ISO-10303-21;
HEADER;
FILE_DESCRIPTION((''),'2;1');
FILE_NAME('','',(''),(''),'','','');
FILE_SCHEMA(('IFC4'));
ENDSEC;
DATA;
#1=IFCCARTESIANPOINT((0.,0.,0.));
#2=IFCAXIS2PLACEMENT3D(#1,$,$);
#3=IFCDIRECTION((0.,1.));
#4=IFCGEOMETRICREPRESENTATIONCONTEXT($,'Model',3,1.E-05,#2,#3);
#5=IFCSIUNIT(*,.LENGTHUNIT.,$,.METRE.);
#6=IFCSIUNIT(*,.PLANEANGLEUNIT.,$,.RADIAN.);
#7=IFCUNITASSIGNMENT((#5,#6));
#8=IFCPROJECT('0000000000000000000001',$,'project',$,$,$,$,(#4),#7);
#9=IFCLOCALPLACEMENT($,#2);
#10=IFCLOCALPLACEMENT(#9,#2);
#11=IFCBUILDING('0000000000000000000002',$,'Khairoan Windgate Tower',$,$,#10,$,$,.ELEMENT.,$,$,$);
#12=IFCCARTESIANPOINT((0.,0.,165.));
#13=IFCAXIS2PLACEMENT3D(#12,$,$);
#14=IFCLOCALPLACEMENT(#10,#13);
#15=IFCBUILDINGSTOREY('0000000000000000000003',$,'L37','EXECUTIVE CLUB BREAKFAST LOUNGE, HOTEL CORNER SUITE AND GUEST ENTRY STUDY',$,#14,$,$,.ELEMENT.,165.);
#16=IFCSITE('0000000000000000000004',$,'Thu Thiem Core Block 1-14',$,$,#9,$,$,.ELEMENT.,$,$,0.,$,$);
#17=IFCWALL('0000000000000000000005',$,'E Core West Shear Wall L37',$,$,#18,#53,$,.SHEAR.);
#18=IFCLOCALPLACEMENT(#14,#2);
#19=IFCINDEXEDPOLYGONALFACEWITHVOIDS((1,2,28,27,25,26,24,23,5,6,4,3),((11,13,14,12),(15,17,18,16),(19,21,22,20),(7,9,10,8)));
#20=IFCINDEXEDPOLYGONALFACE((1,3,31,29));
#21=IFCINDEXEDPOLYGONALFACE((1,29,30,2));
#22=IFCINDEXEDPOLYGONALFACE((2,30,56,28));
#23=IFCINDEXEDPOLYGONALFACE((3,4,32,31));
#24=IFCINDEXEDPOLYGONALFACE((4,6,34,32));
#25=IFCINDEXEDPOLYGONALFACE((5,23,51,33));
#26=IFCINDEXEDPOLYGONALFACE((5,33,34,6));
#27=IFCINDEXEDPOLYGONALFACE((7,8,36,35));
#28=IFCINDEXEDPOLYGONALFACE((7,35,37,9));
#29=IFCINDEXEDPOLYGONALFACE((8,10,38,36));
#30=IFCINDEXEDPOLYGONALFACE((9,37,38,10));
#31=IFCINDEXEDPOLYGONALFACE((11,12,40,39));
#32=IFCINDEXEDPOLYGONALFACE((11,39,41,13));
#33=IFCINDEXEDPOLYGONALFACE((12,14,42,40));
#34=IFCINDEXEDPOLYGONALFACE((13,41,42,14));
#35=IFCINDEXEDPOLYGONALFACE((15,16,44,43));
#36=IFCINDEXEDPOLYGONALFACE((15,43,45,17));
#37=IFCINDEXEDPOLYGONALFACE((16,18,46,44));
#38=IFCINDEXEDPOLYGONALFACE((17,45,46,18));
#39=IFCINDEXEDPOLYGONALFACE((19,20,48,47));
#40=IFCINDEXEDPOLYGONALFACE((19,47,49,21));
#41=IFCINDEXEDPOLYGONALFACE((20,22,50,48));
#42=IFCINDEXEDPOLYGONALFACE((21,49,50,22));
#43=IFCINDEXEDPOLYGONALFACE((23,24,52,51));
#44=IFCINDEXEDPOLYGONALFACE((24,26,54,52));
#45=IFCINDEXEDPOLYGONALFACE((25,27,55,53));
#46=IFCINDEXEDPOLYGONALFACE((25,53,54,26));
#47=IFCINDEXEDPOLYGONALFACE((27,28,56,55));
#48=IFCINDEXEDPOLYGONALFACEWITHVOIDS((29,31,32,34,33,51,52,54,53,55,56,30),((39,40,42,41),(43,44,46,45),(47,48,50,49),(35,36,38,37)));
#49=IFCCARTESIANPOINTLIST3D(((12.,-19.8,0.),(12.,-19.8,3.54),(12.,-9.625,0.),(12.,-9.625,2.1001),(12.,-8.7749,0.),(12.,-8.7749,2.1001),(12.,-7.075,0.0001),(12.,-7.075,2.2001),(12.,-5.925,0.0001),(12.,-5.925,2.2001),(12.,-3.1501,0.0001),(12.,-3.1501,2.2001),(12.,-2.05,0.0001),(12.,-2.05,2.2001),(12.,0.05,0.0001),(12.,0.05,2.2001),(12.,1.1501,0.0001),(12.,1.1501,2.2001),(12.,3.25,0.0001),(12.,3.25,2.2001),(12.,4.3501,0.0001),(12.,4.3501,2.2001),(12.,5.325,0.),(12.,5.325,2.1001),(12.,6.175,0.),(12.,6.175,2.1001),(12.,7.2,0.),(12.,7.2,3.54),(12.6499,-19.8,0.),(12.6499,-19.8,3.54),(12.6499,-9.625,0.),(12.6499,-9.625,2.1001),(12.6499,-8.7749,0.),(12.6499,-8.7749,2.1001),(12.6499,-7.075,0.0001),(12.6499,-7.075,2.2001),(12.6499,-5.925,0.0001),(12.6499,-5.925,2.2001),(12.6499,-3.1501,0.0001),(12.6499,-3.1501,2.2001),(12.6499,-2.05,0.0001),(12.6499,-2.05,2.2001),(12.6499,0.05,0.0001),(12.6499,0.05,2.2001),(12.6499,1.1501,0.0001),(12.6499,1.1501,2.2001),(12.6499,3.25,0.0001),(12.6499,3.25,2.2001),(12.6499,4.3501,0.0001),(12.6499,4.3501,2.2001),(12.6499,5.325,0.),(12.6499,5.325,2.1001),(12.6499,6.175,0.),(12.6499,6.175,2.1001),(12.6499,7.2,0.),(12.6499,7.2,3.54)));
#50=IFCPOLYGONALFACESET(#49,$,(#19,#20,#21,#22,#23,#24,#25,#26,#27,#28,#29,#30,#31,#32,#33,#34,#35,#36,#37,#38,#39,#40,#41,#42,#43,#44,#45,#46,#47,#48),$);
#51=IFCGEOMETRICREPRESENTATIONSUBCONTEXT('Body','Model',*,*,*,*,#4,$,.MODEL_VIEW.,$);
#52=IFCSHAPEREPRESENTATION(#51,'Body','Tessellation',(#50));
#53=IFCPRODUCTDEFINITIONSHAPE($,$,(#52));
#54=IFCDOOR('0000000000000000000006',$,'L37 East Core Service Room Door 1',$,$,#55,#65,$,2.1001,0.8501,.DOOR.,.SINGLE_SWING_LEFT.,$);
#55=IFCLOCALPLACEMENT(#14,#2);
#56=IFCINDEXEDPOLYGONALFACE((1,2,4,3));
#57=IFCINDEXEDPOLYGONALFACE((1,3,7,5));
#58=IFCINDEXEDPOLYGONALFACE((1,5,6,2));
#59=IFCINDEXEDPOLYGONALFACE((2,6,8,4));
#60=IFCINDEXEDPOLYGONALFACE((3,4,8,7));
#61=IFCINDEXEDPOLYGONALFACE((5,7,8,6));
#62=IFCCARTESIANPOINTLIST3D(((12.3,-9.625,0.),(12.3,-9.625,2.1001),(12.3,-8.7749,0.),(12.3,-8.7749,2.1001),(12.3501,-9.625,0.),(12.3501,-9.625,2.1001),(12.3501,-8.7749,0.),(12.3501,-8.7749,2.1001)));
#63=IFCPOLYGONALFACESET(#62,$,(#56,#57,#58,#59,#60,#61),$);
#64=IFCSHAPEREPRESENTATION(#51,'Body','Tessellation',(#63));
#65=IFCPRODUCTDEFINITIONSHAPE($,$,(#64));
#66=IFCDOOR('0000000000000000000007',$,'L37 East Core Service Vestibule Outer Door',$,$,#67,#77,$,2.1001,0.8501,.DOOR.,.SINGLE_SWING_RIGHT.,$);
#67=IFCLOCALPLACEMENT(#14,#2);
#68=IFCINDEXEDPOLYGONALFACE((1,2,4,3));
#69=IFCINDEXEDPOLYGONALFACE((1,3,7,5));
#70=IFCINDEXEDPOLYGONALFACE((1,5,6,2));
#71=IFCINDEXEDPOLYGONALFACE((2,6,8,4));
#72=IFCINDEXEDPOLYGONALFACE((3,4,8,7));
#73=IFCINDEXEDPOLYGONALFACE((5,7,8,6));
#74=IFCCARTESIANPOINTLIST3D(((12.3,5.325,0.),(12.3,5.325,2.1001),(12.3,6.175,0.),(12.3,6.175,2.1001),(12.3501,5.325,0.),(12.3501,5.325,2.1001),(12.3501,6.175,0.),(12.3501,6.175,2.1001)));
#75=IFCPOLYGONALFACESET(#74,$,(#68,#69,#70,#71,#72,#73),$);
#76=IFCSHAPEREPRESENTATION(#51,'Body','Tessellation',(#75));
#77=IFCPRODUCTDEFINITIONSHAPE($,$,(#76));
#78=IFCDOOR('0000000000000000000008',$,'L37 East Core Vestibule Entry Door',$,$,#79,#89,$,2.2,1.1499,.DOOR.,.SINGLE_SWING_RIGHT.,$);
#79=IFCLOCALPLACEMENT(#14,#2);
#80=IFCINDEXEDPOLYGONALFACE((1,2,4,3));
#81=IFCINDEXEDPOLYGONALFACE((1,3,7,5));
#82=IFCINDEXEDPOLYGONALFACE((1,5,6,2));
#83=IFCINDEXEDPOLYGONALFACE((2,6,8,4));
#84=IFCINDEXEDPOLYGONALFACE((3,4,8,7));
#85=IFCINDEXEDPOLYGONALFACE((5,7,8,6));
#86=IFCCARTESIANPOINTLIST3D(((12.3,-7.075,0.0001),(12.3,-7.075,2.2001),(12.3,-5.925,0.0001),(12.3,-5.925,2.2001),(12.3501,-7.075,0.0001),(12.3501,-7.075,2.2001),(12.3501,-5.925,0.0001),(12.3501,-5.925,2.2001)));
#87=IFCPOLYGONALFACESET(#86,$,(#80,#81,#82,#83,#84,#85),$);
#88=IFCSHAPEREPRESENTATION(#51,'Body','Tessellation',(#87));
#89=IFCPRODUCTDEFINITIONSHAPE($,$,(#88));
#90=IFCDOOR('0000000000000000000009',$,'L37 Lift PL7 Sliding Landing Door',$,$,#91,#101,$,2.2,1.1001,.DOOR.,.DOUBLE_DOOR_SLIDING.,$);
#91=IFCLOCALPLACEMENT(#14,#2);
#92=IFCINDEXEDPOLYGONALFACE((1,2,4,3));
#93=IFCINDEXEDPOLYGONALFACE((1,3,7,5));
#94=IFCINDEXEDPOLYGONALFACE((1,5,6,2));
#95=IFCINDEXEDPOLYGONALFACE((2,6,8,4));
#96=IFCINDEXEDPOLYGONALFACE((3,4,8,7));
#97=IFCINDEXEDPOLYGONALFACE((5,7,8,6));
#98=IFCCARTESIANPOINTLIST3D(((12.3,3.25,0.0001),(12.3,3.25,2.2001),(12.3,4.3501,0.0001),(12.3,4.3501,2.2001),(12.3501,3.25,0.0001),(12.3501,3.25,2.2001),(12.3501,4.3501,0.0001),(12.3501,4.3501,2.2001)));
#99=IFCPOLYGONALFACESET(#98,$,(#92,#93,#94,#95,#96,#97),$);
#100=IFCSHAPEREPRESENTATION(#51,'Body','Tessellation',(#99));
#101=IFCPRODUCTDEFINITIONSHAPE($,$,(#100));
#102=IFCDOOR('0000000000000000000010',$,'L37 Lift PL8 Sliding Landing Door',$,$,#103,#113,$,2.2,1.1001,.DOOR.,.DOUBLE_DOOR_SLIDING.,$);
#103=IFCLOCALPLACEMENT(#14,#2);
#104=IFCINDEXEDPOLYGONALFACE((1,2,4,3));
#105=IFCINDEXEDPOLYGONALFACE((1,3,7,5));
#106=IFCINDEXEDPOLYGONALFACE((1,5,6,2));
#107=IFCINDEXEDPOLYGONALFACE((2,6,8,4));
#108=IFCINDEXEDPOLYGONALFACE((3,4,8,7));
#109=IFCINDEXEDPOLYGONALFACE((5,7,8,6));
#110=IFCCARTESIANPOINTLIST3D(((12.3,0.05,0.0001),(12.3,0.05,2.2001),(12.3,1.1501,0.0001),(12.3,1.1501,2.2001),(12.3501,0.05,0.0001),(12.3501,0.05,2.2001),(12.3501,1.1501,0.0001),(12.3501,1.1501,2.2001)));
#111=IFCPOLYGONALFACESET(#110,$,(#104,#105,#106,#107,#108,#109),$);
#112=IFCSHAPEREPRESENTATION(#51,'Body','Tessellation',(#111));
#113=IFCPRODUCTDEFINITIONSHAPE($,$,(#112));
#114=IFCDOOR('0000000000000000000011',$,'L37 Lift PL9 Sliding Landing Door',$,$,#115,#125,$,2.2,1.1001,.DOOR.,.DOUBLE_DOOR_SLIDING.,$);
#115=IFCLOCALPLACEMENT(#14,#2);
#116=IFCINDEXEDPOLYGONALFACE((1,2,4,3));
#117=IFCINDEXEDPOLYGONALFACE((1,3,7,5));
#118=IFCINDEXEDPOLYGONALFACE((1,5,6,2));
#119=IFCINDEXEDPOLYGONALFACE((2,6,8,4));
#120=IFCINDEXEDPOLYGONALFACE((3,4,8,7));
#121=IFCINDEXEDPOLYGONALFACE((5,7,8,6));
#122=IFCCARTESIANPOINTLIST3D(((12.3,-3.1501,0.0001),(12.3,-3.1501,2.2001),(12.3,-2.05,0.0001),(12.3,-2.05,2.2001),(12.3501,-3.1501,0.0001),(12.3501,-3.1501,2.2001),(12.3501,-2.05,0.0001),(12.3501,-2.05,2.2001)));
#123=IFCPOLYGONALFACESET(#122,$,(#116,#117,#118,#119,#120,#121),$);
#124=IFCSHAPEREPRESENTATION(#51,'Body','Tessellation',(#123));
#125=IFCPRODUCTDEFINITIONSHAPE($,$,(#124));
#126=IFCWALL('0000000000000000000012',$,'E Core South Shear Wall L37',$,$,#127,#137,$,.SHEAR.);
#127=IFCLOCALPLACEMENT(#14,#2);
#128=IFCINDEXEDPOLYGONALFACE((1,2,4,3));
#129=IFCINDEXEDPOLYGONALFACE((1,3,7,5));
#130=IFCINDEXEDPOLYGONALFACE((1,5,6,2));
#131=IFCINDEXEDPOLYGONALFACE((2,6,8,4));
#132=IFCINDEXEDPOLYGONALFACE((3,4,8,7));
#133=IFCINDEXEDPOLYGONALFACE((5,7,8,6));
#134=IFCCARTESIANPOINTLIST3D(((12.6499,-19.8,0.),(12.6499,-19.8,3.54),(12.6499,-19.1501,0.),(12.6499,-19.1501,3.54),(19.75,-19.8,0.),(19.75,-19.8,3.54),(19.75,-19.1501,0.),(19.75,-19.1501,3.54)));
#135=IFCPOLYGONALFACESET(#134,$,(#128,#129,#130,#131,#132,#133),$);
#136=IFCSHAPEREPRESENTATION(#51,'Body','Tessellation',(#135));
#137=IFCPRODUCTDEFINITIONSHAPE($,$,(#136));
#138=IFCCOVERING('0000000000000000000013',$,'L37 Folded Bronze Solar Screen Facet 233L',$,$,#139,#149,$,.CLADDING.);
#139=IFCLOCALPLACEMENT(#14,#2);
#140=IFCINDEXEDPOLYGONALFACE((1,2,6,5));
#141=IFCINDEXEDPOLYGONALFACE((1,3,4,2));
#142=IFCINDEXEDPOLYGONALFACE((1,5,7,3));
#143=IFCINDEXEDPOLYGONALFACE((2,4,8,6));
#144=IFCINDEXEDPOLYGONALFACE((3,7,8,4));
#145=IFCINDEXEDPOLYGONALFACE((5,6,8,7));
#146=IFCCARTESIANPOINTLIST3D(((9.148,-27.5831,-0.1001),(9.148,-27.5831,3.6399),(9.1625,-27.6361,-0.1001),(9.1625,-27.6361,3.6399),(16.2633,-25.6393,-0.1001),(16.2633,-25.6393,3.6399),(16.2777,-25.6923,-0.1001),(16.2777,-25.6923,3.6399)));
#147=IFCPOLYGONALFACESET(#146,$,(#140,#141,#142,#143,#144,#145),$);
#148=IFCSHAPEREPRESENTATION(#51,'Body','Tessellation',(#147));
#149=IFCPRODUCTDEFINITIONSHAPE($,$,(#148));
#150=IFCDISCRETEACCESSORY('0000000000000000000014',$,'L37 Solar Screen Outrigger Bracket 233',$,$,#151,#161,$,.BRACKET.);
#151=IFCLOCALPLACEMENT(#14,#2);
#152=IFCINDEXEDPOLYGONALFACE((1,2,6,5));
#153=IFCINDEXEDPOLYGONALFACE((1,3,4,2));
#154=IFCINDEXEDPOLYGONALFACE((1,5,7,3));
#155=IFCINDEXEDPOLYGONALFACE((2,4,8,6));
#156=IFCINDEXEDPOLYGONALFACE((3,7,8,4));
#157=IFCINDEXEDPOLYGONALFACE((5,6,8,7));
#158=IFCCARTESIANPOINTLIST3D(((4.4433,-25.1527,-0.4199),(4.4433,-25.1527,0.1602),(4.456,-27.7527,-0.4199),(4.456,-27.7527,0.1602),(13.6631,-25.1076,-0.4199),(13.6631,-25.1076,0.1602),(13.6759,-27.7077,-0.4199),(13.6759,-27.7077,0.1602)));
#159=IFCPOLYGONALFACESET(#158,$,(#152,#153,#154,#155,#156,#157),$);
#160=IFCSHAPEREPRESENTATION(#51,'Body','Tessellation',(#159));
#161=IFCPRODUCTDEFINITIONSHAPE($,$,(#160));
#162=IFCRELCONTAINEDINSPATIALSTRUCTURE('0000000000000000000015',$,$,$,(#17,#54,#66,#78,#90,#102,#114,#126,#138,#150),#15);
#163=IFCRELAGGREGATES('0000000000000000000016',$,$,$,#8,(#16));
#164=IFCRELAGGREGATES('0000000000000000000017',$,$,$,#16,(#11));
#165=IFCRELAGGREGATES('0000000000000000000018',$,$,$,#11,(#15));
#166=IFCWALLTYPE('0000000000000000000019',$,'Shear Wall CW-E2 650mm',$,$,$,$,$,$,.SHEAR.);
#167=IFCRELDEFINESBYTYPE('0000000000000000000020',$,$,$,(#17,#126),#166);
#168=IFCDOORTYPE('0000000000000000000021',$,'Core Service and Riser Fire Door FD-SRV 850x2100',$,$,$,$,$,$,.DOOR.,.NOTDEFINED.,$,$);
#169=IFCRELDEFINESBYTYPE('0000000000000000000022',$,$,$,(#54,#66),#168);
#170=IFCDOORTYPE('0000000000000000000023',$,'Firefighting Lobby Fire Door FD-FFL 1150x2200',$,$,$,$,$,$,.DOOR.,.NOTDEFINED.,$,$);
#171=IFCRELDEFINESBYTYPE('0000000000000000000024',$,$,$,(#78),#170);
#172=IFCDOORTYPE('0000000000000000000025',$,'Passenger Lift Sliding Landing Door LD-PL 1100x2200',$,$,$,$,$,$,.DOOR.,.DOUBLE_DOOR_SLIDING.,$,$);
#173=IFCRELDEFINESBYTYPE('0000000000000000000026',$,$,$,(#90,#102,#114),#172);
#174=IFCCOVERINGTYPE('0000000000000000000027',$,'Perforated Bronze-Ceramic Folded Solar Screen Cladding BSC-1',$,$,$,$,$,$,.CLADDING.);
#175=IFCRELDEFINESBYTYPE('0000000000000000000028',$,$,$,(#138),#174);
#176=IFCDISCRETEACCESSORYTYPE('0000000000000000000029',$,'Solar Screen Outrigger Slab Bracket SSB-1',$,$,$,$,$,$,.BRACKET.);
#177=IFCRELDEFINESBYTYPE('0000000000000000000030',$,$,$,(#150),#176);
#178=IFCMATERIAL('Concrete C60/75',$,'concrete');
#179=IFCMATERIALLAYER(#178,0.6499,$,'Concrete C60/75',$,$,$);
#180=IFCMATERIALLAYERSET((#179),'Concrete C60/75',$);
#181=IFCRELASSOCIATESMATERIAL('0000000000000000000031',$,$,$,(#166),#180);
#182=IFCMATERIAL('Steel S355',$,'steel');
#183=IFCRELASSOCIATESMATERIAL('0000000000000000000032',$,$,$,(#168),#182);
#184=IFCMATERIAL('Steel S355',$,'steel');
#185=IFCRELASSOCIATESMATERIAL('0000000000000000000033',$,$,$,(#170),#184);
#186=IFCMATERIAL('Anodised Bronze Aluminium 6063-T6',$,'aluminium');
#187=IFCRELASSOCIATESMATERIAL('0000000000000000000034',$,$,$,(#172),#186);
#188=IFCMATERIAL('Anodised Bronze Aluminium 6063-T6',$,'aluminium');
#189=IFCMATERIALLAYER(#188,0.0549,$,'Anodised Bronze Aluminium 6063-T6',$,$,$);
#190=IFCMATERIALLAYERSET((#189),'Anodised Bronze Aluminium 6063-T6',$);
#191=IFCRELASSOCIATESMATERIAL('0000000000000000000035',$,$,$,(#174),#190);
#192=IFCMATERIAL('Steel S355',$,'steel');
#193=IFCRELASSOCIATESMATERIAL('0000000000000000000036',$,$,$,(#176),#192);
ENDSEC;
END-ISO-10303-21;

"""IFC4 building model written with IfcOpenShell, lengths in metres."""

from ifc_helpers import new_model, si_unit, direction, frame, frame_2d, origin, origin_2d, place, context, subcontext, project, spatial, rectangle, extrude, material, layer, layer_set, type_object, element, fill, save


model = new_model("IFC4")

# Units and contexts
model_context = context("Model", 3, precision=1e-05, world=origin(), true_north=direction((0.0, 1.0)))
body_context = subcontext(model_context, "Body", "Model", "MODEL_VIEW")
ifc_project = project(units=[si_unit("LENGTHUNIT", "METRE"), si_unit("PLANEANGLEUNIT", "RADIAN")], contexts=[model_context])

# Site, building, storey
site_placement = place(None, origin())
site = spatial("IfcSite", under=ifc_project, at=site_placement, Name="Thu Thiem Core Block 1-14", CompositionType="ELEMENT", RefElevation=0.0)
building_placement = place(site_placement, origin())
building = spatial("IfcBuilding", under=site, at=building_placement, Name="Khairoan Windgate Tower", CompositionType="ELEMENT")
storey_placement = place(building_placement, frame((0.0, 0.0, 165.0)))
storey = spatial("IfcBuildingStorey", under=building, at=storey_placement, Name="L37", Description="EXECUTIVE CLUB BREAKFAST LOUNGE, HOTEL CORNER SUITE AND GUEST ENTRY STUDY", CompositionType="ELEMENT", Elevation=165.0)

# Wall, openings, doors
ifc_material_1 = material(Name="Concrete C60/75", Category="concrete")
ifc_layer_1 = layer(ifc_material_1, 0.6499, Name="Concrete C60/75")
ifc_layer_set_1 = layer_set([ifc_layer_1], Name="Concrete C60/75")
wall_type_1 = type_object("IfcWallType", Name="Shear Wall CW-E2 650mm", PredefinedType="SHEAR", material=ifc_layer_set_1)
wall_1_placement = place(storey_placement, frame((12.325, -19.8, 0.0), z_axis=(0.0, 0.0, 1.0), x_axis=(0.0, 1.0, 0.0)))
wall_1 = element("IfcWall", 1, at=wall_1_placement, inside=storey, type_object=wall_type_1, Name="E Core West Shear Wall L37", PredefinedType="SHEAR", context=body_context, shape_type="SweptSolid", body=[
    extrude(rectangle(XDim=27.0, YDim=0.6499, at=frame_2d((13.5, 0.0))), origin(), (0.0, 0.0, 1.0), 3.54),
])
opening_1_placement = place(wall_1_placement, frame((23.05, 0.0, 0.0)))
opening_1 = element("IfcOpeningElement", 2, at=opening_1_placement, cuts=wall_1, PredefinedType="OPENING", context=body_context, shape_type="SweptSolid", body=[
    extrude(rectangle(XDim=1.1001, YDim=2.2, at=frame_2d((0.55, 1.1001))), frame((0.0, 0.335, 0.0), z_axis=(0.0, -1.0, 0.0), x_axis=(1.0, 0.0, 0.0)), (0.0, 0.0, 1.0), 0.6699),
])
opening_2_placement = place(wall_1_placement, frame((19.8501, 0.0, 0.0)))
opening_2 = element("IfcOpeningElement", 3, at=opening_2_placement, cuts=wall_1, PredefinedType="OPENING", context=body_context, shape_type="SweptSolid", body=[
    extrude(rectangle(XDim=1.1001, YDim=2.2, at=frame_2d((0.55, 1.1001))), frame((0.0, 0.335, 0.0), z_axis=(0.0, -1.0, 0.0), x_axis=(1.0, 0.0, 0.0)), (0.0, 0.0, 1.0), 0.6699),
])
opening_3_placement = place(wall_1_placement, frame((16.6499, 0.0, 0.0)))
opening_3 = element("IfcOpeningElement", 4, at=opening_3_placement, cuts=wall_1, PredefinedType="OPENING", context=body_context, shape_type="SweptSolid", body=[
    extrude(rectangle(XDim=1.1001, YDim=2.2, at=frame_2d((0.55, 1.1001))), frame((0.0, 0.335, 0.0), z_axis=(0.0, -1.0, 0.0), x_axis=(1.0, 0.0, 0.0)), (0.0, 0.0, 1.0), 0.6699),
])
opening_4_placement = place(wall_1_placement, frame((10.175, 0.0, 0.0)))
opening_4 = element("IfcOpeningElement", 5, at=opening_4_placement, cuts=wall_1, PredefinedType="OPENING", context=body_context, shape_type="SweptSolid", body=[
    extrude(rectangle(XDim=0.8501, YDim=2.1001, at=frame_2d((0.425, 1.05))), frame((0.0, 0.335, 0.0), z_axis=(0.0, -1.0, 0.0), x_axis=(1.0, 0.0, 0.0)), (0.0, 0.0, 1.0), 0.6699),
])
opening_5_placement = place(wall_1_placement, frame((12.7251, 0.0, 0.0)))
opening_5 = element("IfcOpeningElement", 6, at=opening_5_placement, cuts=wall_1, PredefinedType="OPENING", context=body_context, shape_type="SweptSolid", body=[
    extrude(rectangle(XDim=1.1499, YDim=2.2, at=frame_2d((0.575, 1.1001))), frame((0.0, 0.335, 0.0), z_axis=(0.0, -1.0, 0.0), x_axis=(1.0, 0.0, 0.0)), (0.0, 0.0, 1.0), 0.6699),
])
opening_6_placement = place(wall_1_placement, frame((25.125, 0.0, 0.0)))
opening_6 = element("IfcOpeningElement", 7, at=opening_6_placement, cuts=wall_1, PredefinedType="OPENING", context=body_context, shape_type="SweptSolid", body=[
    extrude(rectangle(XDim=0.8501, YDim=2.1001, at=frame_2d((0.425, 1.05))), frame((0.0, 0.335, 0.0), z_axis=(0.0, -1.0, 0.0), x_axis=(1.0, 0.0, 0.0)), (0.0, 0.0, 1.0), 0.6699),
])
ifc_material_2 = material(Name="Steel S355", Category="steel")
door_type_1 = type_object("IfcDoorType", Name="Core Service and Riser Fire Door FD-SRV 850x2100", OperationType="NOTDEFINED", PredefinedType="DOOR", material=ifc_material_2)
door_1_placement = place(opening_4_placement, origin())
door_1 = element("IfcDoor", 8, at=door_1_placement, inside=storey, type_object=door_type_1, Name="L37 East Core Service Room Door 1", OperationType="SINGLE_SWING_LEFT", OverallHeight=2.1001, OverallWidth=0.8501, PredefinedType="DOOR", context=body_context, shape_type="SweptSolid", body=[
    extrude(rectangle(XDim=0.8501, YDim=2.1001, at=frame_2d((0.425, 1.05))), frame((0.0, 0.0249, 0.0), z_axis=(0.0, -1.0, 0.0), x_axis=(1.0, 0.0, 0.0)), (0.0, 0.0, 1.0), 0.05),
])
fill(opening_4, door_1)
door_2_placement = place(opening_6_placement, origin())
door_2 = element("IfcDoor", 9, at=door_2_placement, inside=storey, type_object=door_type_1, Name="L37 East Core Service Vestibule Outer Door", OperationType="SINGLE_SWING_RIGHT", OverallHeight=2.1001, OverallWidth=0.8501, PredefinedType="DOOR", context=body_context, shape_type="SweptSolid", body=[
    extrude(rectangle(XDim=0.8501, YDim=2.1001, at=frame_2d((0.425, 1.05))), frame((0.0, 0.0249, 0.0), z_axis=(0.0, -1.0, 0.0), x_axis=(1.0, 0.0, 0.0)), (0.0, 0.0, 1.0), 0.05),
])
fill(opening_6, door_2)
ifc_material_3 = material(Name="Steel S355", Category="steel")
door_type_2 = type_object("IfcDoorType", Name="Firefighting Lobby Fire Door FD-FFL 1150x2200", OperationType="NOTDEFINED", PredefinedType="DOOR", material=ifc_material_3)
door_3_placement = place(opening_5_placement, origin())
door_3 = element("IfcDoor", 10, at=door_3_placement, inside=storey, type_object=door_type_2, Name="L37 East Core Vestibule Entry Door", OperationType="SINGLE_SWING_RIGHT", OverallHeight=2.2, OverallWidth=1.1499, PredefinedType="DOOR", context=body_context, shape_type="SweptSolid", body=[
    extrude(rectangle(XDim=1.1499, YDim=2.2, at=frame_2d((0.575, 1.1001))), frame((0.0, 0.0249, 0.0), z_axis=(0.0, -1.0, 0.0), x_axis=(1.0, 0.0, 0.0)), (0.0, 0.0, 1.0), 0.05),
])
fill(opening_5, door_3)
ifc_material_4 = material(Name="Anodised Bronze Aluminium 6063-T6", Category="aluminium")
door_type_3 = type_object("IfcDoorType", Name="Passenger Lift Sliding Landing Door LD-PL 1100x2200", OperationType="DOUBLE_DOOR_SLIDING", PredefinedType="DOOR", material=ifc_material_4)
door_4_placement = place(opening_1_placement, origin())
door_4 = element("IfcDoor", 11, at=door_4_placement, inside=storey, type_object=door_type_3, Name="L37 Lift PL7 Sliding Landing Door", OperationType="DOUBLE_DOOR_SLIDING", OverallHeight=2.2, OverallWidth=1.1001, PredefinedType="DOOR", context=body_context, shape_type="SweptSolid", body=[
    extrude(rectangle(XDim=1.1001, YDim=2.2, at=frame_2d((0.55, 1.1001))), frame((0.0, 0.0249, 0.0), z_axis=(0.0, -1.0, 0.0), x_axis=(1.0, 0.0, 0.0)), (0.0, 0.0, 1.0), 0.05),
])
fill(opening_1, door_4)
door_5_placement = place(opening_2_placement, origin())
door_5 = element("IfcDoor", 12, at=door_5_placement, inside=storey, type_object=door_type_3, Name="L37 Lift PL8 Sliding Landing Door", OperationType="DOUBLE_DOOR_SLIDING", OverallHeight=2.2, OverallWidth=1.1001, PredefinedType="DOOR", context=body_context, shape_type="SweptSolid", body=[
    extrude(rectangle(XDim=1.1001, YDim=2.2, at=frame_2d((0.55, 1.1001))), frame((0.0, 0.0249, 0.0), z_axis=(0.0, -1.0, 0.0), x_axis=(1.0, 0.0, 0.0)), (0.0, 0.0, 1.0), 0.05),
])
fill(opening_2, door_5)
door_6_placement = place(opening_3_placement, origin())
door_6 = element("IfcDoor", 13, at=door_6_placement, inside=storey, type_object=door_type_3, Name="L37 Lift PL9 Sliding Landing Door", OperationType="DOUBLE_DOOR_SLIDING", OverallHeight=2.2, OverallWidth=1.1001, PredefinedType="DOOR", context=body_context, shape_type="SweptSolid", body=[
    extrude(rectangle(XDim=1.1001, YDim=2.2, at=frame_2d((0.55, 1.1001))), frame((0.0, 0.0249, 0.0), z_axis=(0.0, -1.0, 0.0), x_axis=(1.0, 0.0, 0.0)), (0.0, 0.0, 1.0), 0.05),
])
fill(opening_3, door_6)

# Wall
wall_2_placement = place(storey_placement, frame((12.6499, -19.4751, 0.0), z_axis=(0.0, 0.0, 1.0), x_axis=(1.0, 0.0, 0.0)))
element("IfcWall", 14, at=wall_2_placement, inside=storey, type_object=wall_type_1, Name="E Core South Shear Wall L37", PredefinedType="SHEAR", context=body_context, shape_type="SweptSolid", body=[
    extrude(rectangle(XDim=7.1001, YDim=0.6499, at=frame_2d((3.55, 0.0))), origin(), (0.0, 0.0, 1.0), 3.54),
])

# Covering
ifc_material_5 = material(Name="Anodised Bronze Aluminium 6063-T6", Category="aluminium")
ifc_layer_2 = layer(ifc_material_5, 0.0549, Name="Anodised Bronze Aluminium 6063-T6")
ifc_layer_set_2 = layer_set([ifc_layer_2], Name="Anodised Bronze Aluminium 6063-T6")
covering_type = type_object("IfcCoveringType", Name="Perforated Bronze-Ceramic Folded Solar Screen Cladding BSC-1", PredefinedType="CLADDING", material=ifc_layer_set_2)
covering_placement = place(storey_placement, frame((12.7129, -26.6377, -0.1001), z_axis=(0.0, 0.0, 1.0), x_axis=(-0.964649, -0.263536, 0.0)))
element("IfcCovering", 15, at=covering_placement, inside=storey, type_object=covering_type, Name="L37 Folded Bronze Solar Screen Facet 233L", PredefinedType="CLADDING", context=body_context, shape_type="SweptSolid", body=[
    extrude(rectangle(XDim=7.376, YDim=0.0549, at=origin_2d()), origin(), (0.0, 0.0, 1.0), 3.74),
])

# Discrete accessory
ifc_material_6 = material(Name="Steel S355", Category="steel")
discrete_accessory_type = type_object("IfcDiscreteAccessoryType", Name="Solar Screen Outrigger Slab Bracket SSB-1", PredefinedType="BRACKET", material=ifc_material_6)
discrete_accessory_placement = place(storey_placement, frame((9.0596, -26.4302, -0.4199), z_axis=(0.0, 0.0, 1.0), x_axis=(-0.999988, -0.004887, 0.0)))
element("IfcDiscreteAccessory", 16, at=discrete_accessory_placement, inside=storey, type_object=discrete_accessory_type, Name="L37 Solar Screen Outrigger Bracket 233", PredefinedType="BRACKET", context=body_context, shape_type="SweptSolid", body=[
    extrude(rectangle(XDim=9.22, YDim=2.6001, at=origin_2d()), origin(), (0.0, 0.0, 1.0), 0.5801),
])

save(model, "model.ifc")
